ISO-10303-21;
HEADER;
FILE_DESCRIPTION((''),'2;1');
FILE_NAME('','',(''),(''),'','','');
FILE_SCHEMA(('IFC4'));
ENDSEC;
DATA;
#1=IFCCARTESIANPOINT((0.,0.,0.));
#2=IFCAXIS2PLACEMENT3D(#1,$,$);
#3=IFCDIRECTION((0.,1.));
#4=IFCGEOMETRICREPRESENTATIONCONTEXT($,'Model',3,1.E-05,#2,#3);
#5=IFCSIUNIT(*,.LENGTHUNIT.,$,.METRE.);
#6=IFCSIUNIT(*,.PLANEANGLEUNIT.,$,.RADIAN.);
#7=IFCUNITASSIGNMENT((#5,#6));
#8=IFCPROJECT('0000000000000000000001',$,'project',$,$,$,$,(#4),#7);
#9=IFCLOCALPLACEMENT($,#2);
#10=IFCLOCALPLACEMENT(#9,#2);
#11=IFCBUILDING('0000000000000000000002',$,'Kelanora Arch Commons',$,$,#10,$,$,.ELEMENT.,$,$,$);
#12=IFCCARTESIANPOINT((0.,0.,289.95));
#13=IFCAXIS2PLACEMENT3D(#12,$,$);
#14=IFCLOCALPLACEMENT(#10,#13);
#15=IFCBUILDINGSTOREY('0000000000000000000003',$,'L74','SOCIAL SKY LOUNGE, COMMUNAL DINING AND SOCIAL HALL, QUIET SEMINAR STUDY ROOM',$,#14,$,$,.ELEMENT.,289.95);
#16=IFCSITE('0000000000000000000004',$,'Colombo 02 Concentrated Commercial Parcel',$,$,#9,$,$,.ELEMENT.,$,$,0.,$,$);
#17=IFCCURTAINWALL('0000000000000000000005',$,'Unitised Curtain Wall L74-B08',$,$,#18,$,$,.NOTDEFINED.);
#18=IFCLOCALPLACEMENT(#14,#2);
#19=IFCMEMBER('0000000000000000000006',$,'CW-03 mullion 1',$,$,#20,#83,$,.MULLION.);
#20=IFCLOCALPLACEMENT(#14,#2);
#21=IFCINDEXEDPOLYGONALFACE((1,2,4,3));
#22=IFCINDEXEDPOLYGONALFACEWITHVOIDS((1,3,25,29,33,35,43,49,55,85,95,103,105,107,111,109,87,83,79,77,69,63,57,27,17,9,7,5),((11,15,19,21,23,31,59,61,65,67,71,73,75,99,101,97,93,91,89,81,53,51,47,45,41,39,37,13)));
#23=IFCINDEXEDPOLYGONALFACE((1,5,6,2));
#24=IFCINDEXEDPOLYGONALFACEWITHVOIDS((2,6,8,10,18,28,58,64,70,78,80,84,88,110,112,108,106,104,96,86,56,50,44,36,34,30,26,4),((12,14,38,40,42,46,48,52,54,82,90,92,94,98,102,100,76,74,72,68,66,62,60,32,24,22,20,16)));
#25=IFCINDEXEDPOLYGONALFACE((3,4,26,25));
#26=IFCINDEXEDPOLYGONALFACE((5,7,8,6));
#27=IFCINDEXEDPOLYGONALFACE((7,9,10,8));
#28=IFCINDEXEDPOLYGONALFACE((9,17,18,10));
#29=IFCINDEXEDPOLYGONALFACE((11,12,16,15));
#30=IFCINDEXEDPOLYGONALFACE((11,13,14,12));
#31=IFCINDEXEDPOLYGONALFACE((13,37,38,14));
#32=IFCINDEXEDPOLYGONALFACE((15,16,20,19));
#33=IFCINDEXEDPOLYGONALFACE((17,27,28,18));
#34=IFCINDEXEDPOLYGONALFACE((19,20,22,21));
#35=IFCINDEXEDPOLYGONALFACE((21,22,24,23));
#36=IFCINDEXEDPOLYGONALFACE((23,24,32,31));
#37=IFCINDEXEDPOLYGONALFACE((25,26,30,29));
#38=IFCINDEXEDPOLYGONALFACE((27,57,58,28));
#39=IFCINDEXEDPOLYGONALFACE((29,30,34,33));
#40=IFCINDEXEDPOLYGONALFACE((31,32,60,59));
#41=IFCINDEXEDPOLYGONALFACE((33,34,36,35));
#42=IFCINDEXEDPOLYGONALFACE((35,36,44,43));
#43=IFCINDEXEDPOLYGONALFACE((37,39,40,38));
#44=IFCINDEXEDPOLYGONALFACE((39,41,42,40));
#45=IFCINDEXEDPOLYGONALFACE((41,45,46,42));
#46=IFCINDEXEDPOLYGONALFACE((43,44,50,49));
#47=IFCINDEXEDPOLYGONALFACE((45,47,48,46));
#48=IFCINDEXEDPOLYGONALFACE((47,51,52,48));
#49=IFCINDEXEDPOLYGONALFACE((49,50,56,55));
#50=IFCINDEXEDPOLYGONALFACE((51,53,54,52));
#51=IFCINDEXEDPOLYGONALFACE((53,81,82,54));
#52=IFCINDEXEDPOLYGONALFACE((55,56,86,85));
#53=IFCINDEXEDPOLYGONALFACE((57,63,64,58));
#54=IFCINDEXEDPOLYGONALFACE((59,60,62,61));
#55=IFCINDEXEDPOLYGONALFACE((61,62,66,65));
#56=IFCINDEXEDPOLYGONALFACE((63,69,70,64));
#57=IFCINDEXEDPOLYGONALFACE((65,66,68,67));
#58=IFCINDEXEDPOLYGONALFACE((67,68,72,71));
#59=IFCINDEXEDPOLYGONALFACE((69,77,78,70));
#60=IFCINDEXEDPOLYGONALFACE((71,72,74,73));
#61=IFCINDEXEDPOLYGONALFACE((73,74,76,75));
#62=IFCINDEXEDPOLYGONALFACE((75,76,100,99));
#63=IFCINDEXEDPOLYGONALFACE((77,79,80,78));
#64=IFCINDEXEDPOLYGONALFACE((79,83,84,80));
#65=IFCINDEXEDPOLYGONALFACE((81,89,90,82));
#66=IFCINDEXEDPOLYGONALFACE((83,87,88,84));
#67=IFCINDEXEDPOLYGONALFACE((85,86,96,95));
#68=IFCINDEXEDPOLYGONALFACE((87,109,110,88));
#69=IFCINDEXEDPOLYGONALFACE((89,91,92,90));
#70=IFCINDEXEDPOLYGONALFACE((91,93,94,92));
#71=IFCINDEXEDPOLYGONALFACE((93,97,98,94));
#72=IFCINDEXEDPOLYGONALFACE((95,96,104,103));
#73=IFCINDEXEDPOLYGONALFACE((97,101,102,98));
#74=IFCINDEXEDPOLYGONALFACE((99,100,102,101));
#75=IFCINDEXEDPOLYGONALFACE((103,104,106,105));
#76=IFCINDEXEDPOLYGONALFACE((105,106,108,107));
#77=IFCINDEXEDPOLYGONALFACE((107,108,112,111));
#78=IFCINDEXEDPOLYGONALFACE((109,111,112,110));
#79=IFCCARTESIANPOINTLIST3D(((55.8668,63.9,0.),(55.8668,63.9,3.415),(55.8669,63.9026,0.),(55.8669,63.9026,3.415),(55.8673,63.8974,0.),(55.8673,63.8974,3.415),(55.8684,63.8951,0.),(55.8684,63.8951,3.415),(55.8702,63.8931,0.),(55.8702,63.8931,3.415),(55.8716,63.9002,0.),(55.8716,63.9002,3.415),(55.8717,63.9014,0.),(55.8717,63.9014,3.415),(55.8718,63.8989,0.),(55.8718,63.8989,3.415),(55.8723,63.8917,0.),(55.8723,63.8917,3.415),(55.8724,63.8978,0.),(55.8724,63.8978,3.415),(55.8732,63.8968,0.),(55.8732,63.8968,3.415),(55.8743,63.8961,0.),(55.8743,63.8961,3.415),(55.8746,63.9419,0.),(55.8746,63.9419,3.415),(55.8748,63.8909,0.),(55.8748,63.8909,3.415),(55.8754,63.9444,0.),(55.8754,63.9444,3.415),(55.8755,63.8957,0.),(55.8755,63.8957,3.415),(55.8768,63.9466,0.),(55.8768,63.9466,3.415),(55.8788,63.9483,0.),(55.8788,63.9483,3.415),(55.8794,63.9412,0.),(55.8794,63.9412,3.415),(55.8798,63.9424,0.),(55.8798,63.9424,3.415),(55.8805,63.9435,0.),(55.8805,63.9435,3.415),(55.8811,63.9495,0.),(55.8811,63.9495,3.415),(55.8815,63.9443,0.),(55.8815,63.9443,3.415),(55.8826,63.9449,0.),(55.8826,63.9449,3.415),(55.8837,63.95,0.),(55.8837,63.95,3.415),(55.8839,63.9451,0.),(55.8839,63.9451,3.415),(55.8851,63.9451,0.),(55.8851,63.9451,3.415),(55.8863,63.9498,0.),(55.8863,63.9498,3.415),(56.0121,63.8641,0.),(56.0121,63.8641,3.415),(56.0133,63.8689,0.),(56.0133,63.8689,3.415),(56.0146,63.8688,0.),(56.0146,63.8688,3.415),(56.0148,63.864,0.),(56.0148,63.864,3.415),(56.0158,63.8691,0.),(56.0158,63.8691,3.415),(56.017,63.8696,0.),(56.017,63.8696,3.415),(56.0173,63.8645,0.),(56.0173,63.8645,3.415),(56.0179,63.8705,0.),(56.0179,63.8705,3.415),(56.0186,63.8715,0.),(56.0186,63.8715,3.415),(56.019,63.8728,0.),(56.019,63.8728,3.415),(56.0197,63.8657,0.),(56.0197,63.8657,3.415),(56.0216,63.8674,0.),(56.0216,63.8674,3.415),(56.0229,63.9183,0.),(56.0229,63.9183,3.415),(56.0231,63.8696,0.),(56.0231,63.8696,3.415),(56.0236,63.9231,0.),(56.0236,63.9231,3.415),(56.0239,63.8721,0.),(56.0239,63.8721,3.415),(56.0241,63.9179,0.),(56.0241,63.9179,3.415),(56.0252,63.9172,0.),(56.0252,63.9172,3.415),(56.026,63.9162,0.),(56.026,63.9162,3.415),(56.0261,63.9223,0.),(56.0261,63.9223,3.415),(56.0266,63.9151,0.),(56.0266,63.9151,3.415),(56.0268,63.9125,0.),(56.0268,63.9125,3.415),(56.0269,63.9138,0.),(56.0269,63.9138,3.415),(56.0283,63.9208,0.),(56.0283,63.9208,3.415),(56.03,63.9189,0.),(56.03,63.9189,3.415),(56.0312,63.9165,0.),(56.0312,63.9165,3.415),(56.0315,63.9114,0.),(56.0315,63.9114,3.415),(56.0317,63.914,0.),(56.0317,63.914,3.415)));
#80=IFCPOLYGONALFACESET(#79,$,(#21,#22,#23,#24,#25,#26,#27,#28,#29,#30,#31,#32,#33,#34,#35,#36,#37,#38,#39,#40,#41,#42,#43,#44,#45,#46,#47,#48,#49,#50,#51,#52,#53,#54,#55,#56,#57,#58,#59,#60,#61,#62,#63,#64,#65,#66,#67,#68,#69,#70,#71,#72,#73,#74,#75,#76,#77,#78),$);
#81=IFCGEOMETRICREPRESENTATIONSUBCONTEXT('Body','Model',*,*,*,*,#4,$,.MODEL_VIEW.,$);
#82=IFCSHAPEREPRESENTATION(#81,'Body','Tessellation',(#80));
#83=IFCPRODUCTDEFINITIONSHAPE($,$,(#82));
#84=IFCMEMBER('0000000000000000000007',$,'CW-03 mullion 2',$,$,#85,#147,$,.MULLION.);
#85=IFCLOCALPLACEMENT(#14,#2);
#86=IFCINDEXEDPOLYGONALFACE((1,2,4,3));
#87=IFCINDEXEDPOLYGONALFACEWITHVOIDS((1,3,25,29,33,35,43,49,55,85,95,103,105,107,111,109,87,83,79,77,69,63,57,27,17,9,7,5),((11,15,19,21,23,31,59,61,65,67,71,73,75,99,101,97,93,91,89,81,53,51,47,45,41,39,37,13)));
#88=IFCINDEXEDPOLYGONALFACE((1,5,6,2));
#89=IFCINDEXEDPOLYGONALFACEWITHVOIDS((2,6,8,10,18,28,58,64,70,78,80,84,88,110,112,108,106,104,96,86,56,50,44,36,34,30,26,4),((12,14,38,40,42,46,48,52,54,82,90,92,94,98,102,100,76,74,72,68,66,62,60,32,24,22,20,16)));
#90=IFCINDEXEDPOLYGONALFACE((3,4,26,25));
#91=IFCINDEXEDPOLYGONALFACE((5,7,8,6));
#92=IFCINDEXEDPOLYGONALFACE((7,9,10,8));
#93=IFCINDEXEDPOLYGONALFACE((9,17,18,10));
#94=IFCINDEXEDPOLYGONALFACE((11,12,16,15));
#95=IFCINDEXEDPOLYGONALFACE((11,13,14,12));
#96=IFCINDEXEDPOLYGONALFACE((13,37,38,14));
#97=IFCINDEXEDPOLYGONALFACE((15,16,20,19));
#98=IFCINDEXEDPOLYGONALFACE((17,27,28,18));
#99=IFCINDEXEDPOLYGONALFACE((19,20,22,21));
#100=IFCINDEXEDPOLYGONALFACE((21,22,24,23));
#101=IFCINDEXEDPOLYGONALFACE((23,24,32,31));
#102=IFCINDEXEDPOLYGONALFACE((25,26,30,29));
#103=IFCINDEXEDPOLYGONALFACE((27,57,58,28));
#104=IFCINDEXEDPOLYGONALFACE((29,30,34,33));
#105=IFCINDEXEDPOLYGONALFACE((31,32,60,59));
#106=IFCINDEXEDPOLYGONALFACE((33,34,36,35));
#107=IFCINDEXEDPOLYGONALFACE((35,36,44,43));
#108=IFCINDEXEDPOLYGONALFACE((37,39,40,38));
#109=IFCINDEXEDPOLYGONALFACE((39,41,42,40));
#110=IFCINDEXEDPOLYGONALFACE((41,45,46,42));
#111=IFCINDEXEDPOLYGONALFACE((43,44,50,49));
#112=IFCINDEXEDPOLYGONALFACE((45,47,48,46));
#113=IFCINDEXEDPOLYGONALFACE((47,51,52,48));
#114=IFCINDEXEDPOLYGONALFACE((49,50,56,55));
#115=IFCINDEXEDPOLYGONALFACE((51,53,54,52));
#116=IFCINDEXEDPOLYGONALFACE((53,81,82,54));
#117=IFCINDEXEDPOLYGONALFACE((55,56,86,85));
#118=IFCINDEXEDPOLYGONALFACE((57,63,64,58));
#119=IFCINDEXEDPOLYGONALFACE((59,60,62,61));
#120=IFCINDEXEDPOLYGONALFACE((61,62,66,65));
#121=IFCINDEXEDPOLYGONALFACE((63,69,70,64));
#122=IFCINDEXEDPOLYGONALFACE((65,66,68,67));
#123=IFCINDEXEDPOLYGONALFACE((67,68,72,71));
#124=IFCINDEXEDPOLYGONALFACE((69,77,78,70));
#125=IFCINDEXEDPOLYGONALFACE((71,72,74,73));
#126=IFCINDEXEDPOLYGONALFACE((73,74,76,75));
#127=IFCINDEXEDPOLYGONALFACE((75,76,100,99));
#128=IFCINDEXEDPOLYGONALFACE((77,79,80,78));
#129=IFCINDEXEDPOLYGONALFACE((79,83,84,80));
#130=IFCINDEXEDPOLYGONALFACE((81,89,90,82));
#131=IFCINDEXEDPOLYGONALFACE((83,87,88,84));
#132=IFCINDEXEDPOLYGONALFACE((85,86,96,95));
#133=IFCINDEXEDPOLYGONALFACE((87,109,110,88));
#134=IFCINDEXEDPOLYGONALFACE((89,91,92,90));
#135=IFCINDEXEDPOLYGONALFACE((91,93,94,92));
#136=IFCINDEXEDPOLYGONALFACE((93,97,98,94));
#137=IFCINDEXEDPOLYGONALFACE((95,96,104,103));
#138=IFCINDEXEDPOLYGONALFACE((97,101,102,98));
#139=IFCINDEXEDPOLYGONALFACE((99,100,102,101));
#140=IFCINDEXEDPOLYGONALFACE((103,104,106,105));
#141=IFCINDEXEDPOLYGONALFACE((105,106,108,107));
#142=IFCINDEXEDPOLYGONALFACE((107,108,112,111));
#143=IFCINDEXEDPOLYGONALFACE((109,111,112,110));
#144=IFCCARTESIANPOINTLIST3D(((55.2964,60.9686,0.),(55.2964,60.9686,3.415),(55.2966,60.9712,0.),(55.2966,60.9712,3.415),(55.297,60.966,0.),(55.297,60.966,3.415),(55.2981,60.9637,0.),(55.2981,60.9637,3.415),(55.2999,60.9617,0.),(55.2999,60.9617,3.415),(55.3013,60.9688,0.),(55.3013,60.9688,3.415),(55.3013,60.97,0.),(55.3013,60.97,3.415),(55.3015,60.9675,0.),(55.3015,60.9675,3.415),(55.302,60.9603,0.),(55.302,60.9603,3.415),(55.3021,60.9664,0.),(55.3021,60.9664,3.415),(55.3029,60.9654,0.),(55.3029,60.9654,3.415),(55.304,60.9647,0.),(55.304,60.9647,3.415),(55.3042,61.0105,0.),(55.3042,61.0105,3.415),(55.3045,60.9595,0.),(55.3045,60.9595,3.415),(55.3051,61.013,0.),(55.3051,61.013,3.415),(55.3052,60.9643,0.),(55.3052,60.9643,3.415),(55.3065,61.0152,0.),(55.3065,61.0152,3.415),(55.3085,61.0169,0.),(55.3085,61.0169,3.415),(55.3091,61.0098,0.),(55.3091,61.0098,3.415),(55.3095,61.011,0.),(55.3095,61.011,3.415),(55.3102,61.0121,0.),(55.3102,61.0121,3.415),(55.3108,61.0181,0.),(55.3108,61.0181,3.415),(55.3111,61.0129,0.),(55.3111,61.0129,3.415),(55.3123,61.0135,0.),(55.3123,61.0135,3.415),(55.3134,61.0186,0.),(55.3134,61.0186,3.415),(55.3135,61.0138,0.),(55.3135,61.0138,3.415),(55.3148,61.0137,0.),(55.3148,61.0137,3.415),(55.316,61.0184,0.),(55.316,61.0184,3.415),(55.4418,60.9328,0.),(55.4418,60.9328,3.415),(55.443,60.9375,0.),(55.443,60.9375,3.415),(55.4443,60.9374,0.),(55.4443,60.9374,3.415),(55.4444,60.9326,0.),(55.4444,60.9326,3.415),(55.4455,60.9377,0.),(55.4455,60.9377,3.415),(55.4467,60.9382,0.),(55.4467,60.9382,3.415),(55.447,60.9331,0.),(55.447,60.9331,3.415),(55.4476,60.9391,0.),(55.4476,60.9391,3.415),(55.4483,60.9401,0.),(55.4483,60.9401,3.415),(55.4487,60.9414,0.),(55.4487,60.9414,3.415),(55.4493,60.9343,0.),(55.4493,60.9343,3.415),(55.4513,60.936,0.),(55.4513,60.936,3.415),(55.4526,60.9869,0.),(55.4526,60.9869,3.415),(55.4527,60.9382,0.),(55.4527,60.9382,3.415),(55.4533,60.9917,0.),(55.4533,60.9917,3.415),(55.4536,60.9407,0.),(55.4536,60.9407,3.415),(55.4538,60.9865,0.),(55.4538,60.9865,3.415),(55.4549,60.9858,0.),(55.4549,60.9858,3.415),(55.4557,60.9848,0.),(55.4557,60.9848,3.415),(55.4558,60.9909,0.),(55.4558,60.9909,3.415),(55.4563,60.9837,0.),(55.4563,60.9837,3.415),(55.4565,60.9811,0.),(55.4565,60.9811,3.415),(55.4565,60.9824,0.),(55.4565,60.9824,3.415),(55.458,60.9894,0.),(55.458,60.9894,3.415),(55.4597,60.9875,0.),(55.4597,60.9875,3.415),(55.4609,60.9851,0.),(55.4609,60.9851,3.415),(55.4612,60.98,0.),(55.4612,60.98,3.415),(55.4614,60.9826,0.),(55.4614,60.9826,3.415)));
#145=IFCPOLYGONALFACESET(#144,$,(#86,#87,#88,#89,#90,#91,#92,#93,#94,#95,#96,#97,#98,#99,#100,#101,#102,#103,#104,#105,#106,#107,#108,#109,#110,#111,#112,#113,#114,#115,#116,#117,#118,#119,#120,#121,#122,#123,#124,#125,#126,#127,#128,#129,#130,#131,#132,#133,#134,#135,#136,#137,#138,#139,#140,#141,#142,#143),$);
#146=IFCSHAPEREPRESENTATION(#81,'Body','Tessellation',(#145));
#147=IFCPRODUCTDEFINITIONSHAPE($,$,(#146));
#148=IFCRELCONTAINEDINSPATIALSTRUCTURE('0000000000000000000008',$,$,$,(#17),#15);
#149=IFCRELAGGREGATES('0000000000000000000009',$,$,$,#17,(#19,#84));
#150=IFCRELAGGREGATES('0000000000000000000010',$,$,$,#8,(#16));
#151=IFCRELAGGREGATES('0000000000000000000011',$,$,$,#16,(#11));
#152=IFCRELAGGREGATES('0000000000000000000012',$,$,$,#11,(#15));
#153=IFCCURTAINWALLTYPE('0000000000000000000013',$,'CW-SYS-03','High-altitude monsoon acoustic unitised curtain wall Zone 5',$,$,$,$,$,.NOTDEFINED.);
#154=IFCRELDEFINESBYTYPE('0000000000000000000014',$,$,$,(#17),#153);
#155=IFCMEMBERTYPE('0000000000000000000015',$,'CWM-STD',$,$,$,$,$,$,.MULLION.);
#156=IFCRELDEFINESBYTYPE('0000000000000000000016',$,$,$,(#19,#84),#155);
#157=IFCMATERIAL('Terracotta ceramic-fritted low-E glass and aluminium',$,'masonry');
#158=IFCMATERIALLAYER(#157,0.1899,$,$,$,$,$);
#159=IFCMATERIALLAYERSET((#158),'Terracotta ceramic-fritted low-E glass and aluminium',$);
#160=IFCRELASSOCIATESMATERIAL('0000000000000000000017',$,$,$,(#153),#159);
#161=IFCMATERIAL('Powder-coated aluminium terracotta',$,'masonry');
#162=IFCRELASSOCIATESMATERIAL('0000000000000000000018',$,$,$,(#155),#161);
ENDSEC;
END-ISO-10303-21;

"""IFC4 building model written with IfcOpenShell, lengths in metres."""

from ifc_helpers import new_model, si_unit, direction, frame, origin, origin_2d, place, context, subcontext, project, spatial, hollow_rectangle, extrude, material, layer, layer_set, material_profile, profile_set, type_object, element, aggregate, save


model = new_model("IFC4")

# Units and contexts
model_context = context("Model", 3, precision=1e-05, world=origin(), true_north=direction((0.0, 1.0)))
body_context = subcontext(model_context, "Body", "Model", "MODEL_VIEW")
ifc_project = project(units=[si_unit("LENGTHUNIT", "METRE"), si_unit("PLANEANGLEUNIT", "RADIAN")], contexts=[model_context])

# Site, building, storey
site_placement = place(None, origin())
site = spatial("IfcSite", under=ifc_project, at=site_placement, Name="Colombo 02 Concentrated Commercial Parcel", CompositionType="ELEMENT", RefElevation=0.0)
building_placement = place(site_placement, origin())
building = spatial("IfcBuilding", under=site, at=building_placement, Name="Kelanora Arch Commons", CompositionType="ELEMENT")
storey_placement = place(building_placement, frame((0.0, 0.0, 289.95)))
storey = spatial("IfcBuildingStorey", under=building, at=storey_placement, Name="L74", Description="SOCIAL SKY LOUNGE, COMMUNAL DINING AND SOCIAL HALL, QUIET SEMINAR STUDY ROOM", CompositionType="ELEMENT", Elevation=289.95)

# Curtain wall, members
ifc_material_1 = material(Name="Terracotta ceramic-fritted low-E glass and aluminium", Category="masonry")
ifc_layer_1 = layer(ifc_material_1, 0.1899)
ifc_layer_set_1 = layer_set([ifc_layer_1], Name="Terracotta ceramic-fritted low-E glass and aluminium")
curtain_wall_type = type_object("IfcCurtainWallType", Name="CW-SYS-03", Description="High-altitude monsoon acoustic unitised curtain wall Zone 5", PredefinedType="NOTDEFINED", material=ifc_layer_set_1)
curtain_wall_placement = place(storey_placement, origin())
curtain_wall = element("IfcCurtainWall", 1, at=curtain_wall_placement, inside=storey, type_object=curtain_wall_type, Name="Unitised Curtain Wall L74-B08", PredefinedType="NOTDEFINED")
ifc_material_2 = material(Name="Powder-coated aluminium terracotta", Category="masonry")
ifc_material_profile_1 = material_profile(ifc_material_2, hollow_rectangle(XDim=0.1599, YDim=0.0601, WallThickness=0.0049, InnerFilletRadius=0.0049, OuterFilletRadius=0.01, at=origin_2d()), Name="CWM160x60")
ifc_profile_set_1 = profile_set([ifc_material_profile_1], Name="Powder-coated aluminium terracotta")
member_type_1 = type_object("IfcMemberType", Name="CWM-STD", PredefinedType="MULLION", material=ifc_profile_set_1)
member_1_placement = place(storey_placement, frame((55.9492, 63.907, 0.0), z_axis=(0.0, 0.0, 1.0), x_axis=(0.981596, -0.190972, 0.0)))
member_1 = element("IfcMember", 2, at=member_1_placement, type_object=member_type_1, Name="CW-03 mullion 1", PredefinedType="MULLION", context=body_context, shape_type="SweptSolid", body=[
    extrude(hollow_rectangle(XDim=0.1599, YDim=0.0601, WallThickness=0.0049, InnerFilletRadius=0.0049, OuterFilletRadius=0.01, at=origin_2d()), origin(), (0.0, 0.0, 1.0), 3.415),
])
member_2_placement = place(storey_placement, frame((55.3789, 60.9756, 0.0), z_axis=(0.0, 0.0, 1.0), x_axis=(0.981596, -0.190972, 0.0)))
member_2 = element("IfcMember", 3, at=member_2_placement, type_object=member_type_1, Name="CW-03 mullion 2", PredefinedType="MULLION", context=body_context, shape_type="SweptSolid", body=[
    extrude(hollow_rectangle(XDim=0.1599, YDim=0.0601, WallThickness=0.0049, InnerFilletRadius=0.0049, OuterFilletRadius=0.01, at=origin_2d()), origin(), (0.0, 0.0, 1.0), 3.415),
])
aggregate(curtain_wall, [member_1, member_2])

save(model, "model.ifc")
